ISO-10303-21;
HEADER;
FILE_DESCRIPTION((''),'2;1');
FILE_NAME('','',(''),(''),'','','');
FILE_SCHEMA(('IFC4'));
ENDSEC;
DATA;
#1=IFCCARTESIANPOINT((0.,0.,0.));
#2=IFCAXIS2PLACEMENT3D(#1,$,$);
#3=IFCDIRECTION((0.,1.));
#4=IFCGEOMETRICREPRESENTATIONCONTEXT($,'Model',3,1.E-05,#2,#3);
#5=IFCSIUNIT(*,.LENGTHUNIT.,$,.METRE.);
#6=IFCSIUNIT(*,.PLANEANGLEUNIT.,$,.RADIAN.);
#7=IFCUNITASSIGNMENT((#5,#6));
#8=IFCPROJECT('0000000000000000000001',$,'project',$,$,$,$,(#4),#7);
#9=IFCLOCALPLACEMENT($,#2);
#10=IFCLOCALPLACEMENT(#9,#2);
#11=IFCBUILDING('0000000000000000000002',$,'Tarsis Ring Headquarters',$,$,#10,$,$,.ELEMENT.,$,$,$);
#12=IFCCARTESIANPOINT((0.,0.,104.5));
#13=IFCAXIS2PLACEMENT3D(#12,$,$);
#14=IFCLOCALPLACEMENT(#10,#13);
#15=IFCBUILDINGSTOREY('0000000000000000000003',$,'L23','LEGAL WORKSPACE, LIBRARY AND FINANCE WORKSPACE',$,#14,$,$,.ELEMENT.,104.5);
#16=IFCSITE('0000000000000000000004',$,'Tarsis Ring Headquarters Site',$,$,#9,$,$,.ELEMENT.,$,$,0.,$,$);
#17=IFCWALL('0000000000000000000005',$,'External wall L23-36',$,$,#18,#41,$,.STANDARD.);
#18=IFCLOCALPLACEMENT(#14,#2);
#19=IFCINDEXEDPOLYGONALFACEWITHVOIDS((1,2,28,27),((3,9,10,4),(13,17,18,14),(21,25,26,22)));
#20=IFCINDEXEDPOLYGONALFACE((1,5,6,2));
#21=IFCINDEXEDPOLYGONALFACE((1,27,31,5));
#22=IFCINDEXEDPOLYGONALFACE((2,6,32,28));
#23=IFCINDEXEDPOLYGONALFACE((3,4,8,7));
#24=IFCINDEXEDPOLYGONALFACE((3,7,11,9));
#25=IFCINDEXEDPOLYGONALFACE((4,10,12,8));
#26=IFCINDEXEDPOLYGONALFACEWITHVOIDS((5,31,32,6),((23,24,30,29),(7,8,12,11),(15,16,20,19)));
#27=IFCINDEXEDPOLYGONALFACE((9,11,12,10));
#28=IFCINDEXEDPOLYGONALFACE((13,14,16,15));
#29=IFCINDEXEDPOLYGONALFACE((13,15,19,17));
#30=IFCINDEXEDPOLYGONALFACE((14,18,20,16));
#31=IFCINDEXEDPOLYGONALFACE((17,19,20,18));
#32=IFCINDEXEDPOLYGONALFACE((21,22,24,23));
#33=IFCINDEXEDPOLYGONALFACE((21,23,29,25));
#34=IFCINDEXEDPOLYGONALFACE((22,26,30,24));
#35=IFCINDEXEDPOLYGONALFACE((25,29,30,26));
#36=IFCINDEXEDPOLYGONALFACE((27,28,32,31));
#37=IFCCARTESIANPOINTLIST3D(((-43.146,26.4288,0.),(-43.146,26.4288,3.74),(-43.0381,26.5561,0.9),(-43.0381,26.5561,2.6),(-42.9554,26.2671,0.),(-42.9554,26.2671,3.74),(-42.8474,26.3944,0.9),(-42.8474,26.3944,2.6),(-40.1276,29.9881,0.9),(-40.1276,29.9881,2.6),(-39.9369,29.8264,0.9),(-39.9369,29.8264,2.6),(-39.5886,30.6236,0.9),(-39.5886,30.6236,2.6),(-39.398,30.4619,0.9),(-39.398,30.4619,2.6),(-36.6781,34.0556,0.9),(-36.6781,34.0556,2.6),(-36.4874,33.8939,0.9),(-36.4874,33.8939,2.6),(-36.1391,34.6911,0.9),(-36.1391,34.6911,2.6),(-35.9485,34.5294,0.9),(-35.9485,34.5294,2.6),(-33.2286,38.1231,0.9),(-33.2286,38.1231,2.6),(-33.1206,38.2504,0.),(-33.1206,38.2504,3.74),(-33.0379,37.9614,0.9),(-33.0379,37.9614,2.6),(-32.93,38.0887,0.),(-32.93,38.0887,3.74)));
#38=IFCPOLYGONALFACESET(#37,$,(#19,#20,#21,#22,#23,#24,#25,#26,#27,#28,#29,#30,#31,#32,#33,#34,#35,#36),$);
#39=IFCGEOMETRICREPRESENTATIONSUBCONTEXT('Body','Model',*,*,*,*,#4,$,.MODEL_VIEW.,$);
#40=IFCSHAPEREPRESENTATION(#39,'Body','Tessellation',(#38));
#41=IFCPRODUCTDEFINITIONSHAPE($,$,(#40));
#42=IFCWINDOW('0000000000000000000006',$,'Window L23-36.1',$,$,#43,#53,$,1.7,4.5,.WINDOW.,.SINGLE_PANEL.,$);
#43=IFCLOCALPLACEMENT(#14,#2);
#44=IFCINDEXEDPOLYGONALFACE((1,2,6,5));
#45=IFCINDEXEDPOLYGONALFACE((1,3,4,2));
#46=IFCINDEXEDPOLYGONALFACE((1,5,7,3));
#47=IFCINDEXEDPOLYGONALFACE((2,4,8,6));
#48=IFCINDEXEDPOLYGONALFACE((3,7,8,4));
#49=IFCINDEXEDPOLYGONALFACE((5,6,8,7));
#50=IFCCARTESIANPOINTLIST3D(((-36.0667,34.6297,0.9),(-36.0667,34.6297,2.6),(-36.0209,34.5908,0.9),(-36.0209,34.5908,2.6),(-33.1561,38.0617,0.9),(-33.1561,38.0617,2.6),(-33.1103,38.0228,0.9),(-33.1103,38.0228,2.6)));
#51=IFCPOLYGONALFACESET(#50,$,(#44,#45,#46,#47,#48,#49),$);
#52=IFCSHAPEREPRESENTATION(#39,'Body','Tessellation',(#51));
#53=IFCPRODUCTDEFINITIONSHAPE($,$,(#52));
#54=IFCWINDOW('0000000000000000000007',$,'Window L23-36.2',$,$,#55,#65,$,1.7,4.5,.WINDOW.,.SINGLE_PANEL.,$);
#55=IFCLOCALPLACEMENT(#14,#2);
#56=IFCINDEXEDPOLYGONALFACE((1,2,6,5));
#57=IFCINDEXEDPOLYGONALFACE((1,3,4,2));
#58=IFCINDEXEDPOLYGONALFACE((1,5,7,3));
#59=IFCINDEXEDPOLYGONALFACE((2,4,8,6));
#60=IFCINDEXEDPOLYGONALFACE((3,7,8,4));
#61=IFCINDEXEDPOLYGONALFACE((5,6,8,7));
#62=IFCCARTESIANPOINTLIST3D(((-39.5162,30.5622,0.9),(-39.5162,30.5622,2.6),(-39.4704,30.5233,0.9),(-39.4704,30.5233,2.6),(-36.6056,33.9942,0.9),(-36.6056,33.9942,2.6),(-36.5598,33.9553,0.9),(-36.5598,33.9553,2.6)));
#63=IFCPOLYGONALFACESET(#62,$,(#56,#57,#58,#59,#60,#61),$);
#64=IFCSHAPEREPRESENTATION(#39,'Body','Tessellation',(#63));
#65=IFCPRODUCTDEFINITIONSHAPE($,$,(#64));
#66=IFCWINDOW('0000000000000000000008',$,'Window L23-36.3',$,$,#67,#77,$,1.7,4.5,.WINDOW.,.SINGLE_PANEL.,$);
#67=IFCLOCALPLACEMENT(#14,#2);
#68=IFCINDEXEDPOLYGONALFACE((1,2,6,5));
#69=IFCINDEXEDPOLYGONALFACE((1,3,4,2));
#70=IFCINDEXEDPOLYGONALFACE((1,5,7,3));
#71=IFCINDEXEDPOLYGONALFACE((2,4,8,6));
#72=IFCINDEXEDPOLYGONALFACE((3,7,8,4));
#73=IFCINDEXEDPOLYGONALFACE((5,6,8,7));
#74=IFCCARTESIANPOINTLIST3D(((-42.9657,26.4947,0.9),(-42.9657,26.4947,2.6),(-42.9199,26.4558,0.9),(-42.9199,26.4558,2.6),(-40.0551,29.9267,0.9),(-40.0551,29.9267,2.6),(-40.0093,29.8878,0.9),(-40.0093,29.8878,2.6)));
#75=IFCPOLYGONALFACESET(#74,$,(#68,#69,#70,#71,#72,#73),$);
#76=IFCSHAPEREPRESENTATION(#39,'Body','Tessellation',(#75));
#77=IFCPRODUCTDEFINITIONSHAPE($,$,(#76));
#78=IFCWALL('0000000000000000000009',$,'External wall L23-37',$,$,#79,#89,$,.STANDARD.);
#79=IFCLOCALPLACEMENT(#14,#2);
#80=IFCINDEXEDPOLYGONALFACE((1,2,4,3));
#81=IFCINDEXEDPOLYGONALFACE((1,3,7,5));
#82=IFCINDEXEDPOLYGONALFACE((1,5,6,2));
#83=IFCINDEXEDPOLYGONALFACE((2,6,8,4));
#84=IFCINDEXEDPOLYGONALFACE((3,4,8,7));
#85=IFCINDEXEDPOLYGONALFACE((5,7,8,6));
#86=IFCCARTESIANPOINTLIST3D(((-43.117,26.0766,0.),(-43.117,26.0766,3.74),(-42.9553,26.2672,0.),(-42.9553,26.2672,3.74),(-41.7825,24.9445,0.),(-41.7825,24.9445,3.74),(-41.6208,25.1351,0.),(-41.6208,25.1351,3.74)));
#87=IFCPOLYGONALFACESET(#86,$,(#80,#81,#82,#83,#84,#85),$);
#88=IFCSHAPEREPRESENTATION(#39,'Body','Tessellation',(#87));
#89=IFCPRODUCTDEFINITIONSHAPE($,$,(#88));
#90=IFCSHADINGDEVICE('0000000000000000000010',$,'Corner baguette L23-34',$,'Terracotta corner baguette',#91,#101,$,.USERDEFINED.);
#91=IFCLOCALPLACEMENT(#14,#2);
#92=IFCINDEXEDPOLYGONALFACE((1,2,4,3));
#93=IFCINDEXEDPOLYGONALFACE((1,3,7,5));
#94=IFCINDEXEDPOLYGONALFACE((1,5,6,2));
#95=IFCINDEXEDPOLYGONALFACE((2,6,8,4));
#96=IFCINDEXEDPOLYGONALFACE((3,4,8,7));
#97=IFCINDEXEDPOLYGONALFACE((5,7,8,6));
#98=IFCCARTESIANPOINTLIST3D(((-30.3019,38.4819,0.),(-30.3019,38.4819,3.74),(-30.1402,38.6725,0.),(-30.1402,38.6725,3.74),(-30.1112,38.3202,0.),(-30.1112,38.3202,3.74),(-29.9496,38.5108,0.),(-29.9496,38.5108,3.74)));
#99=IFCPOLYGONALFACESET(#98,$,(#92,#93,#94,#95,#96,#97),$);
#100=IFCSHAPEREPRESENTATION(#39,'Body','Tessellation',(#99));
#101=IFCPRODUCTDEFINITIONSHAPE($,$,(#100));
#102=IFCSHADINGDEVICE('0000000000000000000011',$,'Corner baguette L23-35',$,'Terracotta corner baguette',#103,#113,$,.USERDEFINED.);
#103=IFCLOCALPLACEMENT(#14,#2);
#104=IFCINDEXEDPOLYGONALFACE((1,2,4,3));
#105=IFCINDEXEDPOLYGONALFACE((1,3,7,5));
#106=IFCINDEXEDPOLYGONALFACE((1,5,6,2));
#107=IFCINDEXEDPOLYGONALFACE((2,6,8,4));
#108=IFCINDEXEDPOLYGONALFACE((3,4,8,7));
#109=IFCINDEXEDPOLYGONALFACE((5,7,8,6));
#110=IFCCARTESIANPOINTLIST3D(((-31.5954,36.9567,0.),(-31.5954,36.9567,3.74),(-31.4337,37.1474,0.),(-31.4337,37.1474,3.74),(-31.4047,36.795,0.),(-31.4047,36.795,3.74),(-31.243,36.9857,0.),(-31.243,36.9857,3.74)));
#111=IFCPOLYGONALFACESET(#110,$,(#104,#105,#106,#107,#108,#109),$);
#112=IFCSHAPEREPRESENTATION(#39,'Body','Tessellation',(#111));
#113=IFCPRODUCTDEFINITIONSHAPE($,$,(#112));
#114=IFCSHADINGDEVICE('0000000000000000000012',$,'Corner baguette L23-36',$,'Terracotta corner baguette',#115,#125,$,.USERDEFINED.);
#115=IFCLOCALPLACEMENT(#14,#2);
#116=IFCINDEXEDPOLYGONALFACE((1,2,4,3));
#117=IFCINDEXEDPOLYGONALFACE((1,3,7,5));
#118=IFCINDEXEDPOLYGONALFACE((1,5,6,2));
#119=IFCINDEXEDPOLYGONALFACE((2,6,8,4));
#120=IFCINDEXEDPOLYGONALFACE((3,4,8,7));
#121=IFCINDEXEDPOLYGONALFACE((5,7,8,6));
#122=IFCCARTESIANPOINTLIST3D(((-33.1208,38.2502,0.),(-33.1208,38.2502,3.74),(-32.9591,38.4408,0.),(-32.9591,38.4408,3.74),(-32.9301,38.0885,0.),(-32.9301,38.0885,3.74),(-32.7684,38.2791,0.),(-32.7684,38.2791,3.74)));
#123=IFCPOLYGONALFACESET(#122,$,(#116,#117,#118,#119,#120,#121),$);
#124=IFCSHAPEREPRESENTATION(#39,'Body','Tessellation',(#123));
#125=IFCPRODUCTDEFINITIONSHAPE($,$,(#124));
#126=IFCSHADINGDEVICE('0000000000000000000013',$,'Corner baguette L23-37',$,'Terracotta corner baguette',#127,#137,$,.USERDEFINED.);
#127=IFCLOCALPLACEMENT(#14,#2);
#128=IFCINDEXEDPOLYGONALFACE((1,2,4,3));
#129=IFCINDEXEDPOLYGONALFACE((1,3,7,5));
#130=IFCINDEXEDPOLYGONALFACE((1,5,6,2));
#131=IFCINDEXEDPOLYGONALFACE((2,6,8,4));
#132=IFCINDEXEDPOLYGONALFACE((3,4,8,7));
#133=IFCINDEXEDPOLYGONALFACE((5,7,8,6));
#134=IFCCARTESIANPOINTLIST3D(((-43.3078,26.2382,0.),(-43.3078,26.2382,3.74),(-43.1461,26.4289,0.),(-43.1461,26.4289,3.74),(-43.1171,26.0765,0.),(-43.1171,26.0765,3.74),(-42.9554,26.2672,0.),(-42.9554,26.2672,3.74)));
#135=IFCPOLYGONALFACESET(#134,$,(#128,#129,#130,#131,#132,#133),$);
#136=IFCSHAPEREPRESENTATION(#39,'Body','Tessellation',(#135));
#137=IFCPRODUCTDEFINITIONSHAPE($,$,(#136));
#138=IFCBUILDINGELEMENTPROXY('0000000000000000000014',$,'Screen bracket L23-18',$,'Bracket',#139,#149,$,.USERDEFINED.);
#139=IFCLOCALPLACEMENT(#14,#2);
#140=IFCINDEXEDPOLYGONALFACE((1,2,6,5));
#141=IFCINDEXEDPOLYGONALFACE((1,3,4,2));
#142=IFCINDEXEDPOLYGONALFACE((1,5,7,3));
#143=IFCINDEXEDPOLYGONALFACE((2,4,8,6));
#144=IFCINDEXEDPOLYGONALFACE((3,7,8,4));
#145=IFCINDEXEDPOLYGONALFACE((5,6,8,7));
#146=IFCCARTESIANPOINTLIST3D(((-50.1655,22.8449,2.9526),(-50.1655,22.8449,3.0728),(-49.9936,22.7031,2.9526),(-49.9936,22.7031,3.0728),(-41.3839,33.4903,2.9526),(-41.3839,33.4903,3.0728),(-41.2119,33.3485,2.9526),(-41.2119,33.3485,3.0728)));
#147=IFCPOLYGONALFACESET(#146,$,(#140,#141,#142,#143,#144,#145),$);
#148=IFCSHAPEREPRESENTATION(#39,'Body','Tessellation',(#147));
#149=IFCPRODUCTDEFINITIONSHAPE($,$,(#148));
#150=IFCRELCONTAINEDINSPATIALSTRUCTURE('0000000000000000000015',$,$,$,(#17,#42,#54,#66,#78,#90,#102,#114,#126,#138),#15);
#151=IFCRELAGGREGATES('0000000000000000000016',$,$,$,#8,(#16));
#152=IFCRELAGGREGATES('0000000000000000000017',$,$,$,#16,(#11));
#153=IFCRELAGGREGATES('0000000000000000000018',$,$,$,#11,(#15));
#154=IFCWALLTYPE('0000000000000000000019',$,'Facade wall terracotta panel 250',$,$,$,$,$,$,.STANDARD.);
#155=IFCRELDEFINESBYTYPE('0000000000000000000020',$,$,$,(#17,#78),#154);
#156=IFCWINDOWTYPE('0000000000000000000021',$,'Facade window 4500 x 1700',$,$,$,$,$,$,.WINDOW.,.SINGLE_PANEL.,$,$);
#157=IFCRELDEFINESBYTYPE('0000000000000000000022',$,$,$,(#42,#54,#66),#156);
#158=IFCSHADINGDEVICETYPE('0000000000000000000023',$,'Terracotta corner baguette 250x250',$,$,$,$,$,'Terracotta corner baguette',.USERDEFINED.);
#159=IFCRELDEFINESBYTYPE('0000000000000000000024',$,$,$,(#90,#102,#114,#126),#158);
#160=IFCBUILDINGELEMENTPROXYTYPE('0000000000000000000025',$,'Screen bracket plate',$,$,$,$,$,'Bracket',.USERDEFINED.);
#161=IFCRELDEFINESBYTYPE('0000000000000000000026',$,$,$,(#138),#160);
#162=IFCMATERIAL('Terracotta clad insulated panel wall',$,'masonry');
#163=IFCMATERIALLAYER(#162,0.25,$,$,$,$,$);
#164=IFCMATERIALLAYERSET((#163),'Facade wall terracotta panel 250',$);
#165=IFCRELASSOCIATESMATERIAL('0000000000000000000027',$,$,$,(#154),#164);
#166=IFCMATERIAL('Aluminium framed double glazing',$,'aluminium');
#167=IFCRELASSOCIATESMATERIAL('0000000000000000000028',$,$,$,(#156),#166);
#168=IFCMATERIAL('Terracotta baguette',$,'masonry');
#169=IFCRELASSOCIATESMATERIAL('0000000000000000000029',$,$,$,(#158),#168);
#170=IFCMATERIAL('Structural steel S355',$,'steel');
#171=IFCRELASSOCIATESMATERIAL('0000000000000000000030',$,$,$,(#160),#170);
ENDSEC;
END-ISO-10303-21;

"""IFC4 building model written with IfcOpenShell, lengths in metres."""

from ifc_helpers import new_model, si_unit, direction, frame, frame_2d, origin, origin_2d, place, context, subcontext, project, spatial, rectangle, extrude, material, layer, layer_set, type_object, element, fill, save


model = new_model("IFC4")

# Units and contexts
model_context = context("Model", 3, precision=1e-05, world=origin(), true_north=direction((0.0, 1.0)))
body_context = subcontext(model_context, "Body", "Model", "MODEL_VIEW")
ifc_project = project(units=[si_unit("LENGTHUNIT", "METRE"), si_unit("PLANEANGLEUNIT", "RADIAN")], contexts=[model_context])

# Site, building, storey
site_placement = place(None, origin())
site = spatial("IfcSite", under=ifc_project, at=site_placement, Name="Tarsis Ring Headquarters Site", CompositionType="ELEMENT", RefElevation=0.0)
building_placement = place(site_placement, origin())
building = spatial("IfcBuilding", under=site, at=building_placement, Name="Tarsis Ring Headquarters", CompositionType="ELEMENT")
storey_placement = place(building_placement, frame((0.0, 0.0, 104.5)))
storey = spatial("IfcBuildingStorey", under=building, at=storey_placement, Name="L23", Description="LEGAL WORKSPACE, LIBRARY AND FINANCE WORKSPACE", CompositionType="ELEMENT", Elevation=104.5)

# Shared definitions
ifc_material_1 = material(Name="Structural steel S355", Category="steel")

# Shared definitions
ifc_material_2 = material(Name="Terracotta clad insulated panel wall", Category="masonry")
ifc_layer_1 = layer(ifc_material_2, 0.25)
ifc_layer_set_1 = layer_set([ifc_layer_1], Name="Facade wall terracotta panel 250")
wall_type_1 = type_object("IfcWallType", Name="Facade wall terracotta panel 250", PredefinedType="STANDARD", material=ifc_layer_set_1)

# Wall, openings, windows
wall_1_placement = place(storey_placement, frame((-33.0254, 38.1694, 0.0), z_axis=(0.0, 0.0, 1.0), x_axis=(-0.64679, -0.762668, 0.0)))
wall_1 = element("IfcWall", 1, at=wall_1_placement, inside=storey, type_object=wall_type_1, Name="External wall L23-36", PredefinedType="STANDARD", context=body_context, shape_type="SweptSolid", body=[
    extrude(rectangle(XDim=15.5002, YDim=0.25, at=frame_2d((7.75, 0.0))), origin(), (0.0, 0.0, 1.0), 3.74),
])
opening_1_placement = place(wall_1_placement, frame((0.1667, 0.0, 0.8999)))
opening_1 = element("IfcOpeningElement", 2, at=opening_1_placement, cuts=wall_1, PredefinedType="OPENING", context=body_context, shape_type="SweptSolid", body=[
    extrude(rectangle(XDim=4.5, YDim=1.7, at=frame_2d((2.25, 0.8501))), frame((0.0, 0.135, 0.0), z_axis=(0.0, -1.0, 0.0), x_axis=(1.0, 0.0, 0.0)), (0.0, 0.0, 1.0), 0.27),
])
opening_2_placement = place(wall_1_placement, frame((5.5, 0.0, 0.8999)))
opening_2 = element("IfcOpeningElement", 3, at=opening_2_placement, cuts=wall_1, PredefinedType="OPENING", context=body_context, shape_type="SweptSolid", body=[
    extrude(rectangle(XDim=4.5, YDim=1.7, at=frame_2d((2.25, 0.8501))), frame((0.0, 0.135, 0.0), z_axis=(0.0, -1.0, 0.0), x_axis=(1.0, 0.0, 0.0)), (0.0, 0.0, 1.0), 0.27),
])
opening_3_placement = place(wall_1_placement, frame((10.8333, 0.0, 0.8999)))
opening_3 = element("IfcOpeningElement", 4, at=opening_3_placement, cuts=wall_1, PredefinedType="OPENING", context=body_context, shape_type="SweptSolid", body=[
    extrude(rectangle(XDim=4.5, YDim=1.7, at=frame_2d((2.25, 0.8501))), frame((0.0, 0.135, 0.0), z_axis=(0.0, -1.0, 0.0), x_axis=(1.0, 0.0, 0.0)), (0.0, 0.0, 1.0), 0.27),
])
ifc_material_3 = material(Name="Aluminium framed double glazing", Category="aluminium")
window_type = type_object("IfcWindowType", Name="Facade window 4500 x 1700", PartitioningType="SINGLE_PANEL", PredefinedType="WINDOW", material=ifc_material_3)
window_1_placement = place(opening_1_placement, origin())
window_1 = element("IfcWindow", 5, at=window_1_placement, inside=storey, type_object=window_type, Name="Window L23-36.1", OverallHeight=1.7, OverallWidth=4.5, PartitioningType="SINGLE_PANEL", PredefinedType="WINDOW", context=body_context, shape_type="SweptSolid", body=[
    extrude(rectangle(XDim=4.5, YDim=1.7, at=frame_2d((2.25, 0.8501))), frame((0.0, 0.03, 0.0), z_axis=(0.0, -1.0, 0.0), x_axis=(1.0, 0.0, 0.0)), (0.0, 0.0, 1.0), 0.0601),
])
fill(opening_1, window_1)
window_2_placement = place(opening_2_placement, origin())
window_2 = element("IfcWindow", 6, at=window_2_placement, inside=storey, type_object=window_type, Name="Window L23-36.2", OverallHeight=1.7, OverallWidth=4.5, PartitioningType="SINGLE_PANEL", PredefinedType="WINDOW", context=body_context, shape_type="SweptSolid", body=[
    extrude(rectangle(XDim=4.5, YDim=1.7, at=frame_2d((2.25, 0.8501))), frame((0.0, 0.03, 0.0), z_axis=(0.0, -1.0, 0.0), x_axis=(1.0, 0.0, 0.0)), (0.0, 0.0, 1.0), 0.0601),
])
fill(opening_2, window_2)
window_3_placement = place(opening_3_placement, origin())
window_3 = element("IfcWindow", 7, at=window_3_placement, inside=storey, type_object=window_type, Name="Window L23-36.3", OverallHeight=1.7, OverallWidth=4.5, PartitioningType="SINGLE_PANEL", PredefinedType="WINDOW", context=body_context, shape_type="SweptSolid", body=[
    extrude(rectangle(XDim=4.5, YDim=1.7, at=frame_2d((2.25, 0.8501))), frame((0.0, 0.03, 0.0), z_axis=(0.0, -1.0, 0.0), x_axis=(1.0, 0.0, 0.0)), (0.0, 0.0, 1.0), 0.0601),
])
fill(opening_3, window_3)

# Wall
wall_2_placement = place(storey_placement, frame((-43.0361, 26.1719, 0.0), z_axis=(0.0, 0.0, 1.0), x_axis=(0.762565, -0.646911, 0.0)))
element("IfcWall", 8, at=wall_2_placement, inside=storey, type_object=wall_type_1, Name="External wall L23-37", PredefinedType="STANDARD", context=body_context, shape_type="SweptSolid", body=[
    extrude(rectangle(XDim=1.75, YDim=0.25, at=frame_2d((0.875, 0.0))), origin(), (0.0, 0.0, 1.0), 3.74),
])

# Shading devices
ifc_material_4 = material(Name="Terracotta baguette", Category="masonry")
shading_device_type_1 = type_object("IfcShadingDeviceType", Name="Terracotta corner baguette 250x250", ElementType="Terracotta corner baguette", PredefinedType="USERDEFINED", material=ifc_material_4)
for number, where, z_axis, x_axis, name in (
    (9, (-30.1257, 38.4963, 0.0), (0.0, 0.0, 1.0), (-0.762668, 0.64679, 0.0), "Corner baguette L23-34"),
    (10, (-31.4192, 36.9712, 0.0), (0.0, 0.0, 1.0), (-0.64679, -0.762668, 0.0), "Corner baguette L23-35"),
    (11, (-32.9446, 38.2646, 0.0), (0.0, 0.0, 1.0), (-0.762668, 0.64679, 0.0), "Corner baguette L23-36"),
    (12, (-43.1316, 26.2527, 0.0), (0.0, 0.0, 1.0), (-0.64679, -0.762668, 0.0), "Corner baguette L23-37"),
):
    element("IfcShadingDevice", number, at=place(storey_placement, frame(where, z_axis=z_axis, x_axis=x_axis)), inside=storey, type_object=shading_device_type_1, Name=name, ObjectType="Terracotta corner baguette", PredefinedType="USERDEFINED", context=body_context, shape_type="SweptSolid", body=[
        extrude(rectangle(XDim=0.25, YDim=0.25, at=origin_2d()), origin(), (0.0, 0.0, 1.0), 3.74),
    ])

# Building element proxy
building_element_proxy_type = type_object("IfcBuildingElementProxyType", Name="Screen bracket plate", ElementType="Bracket", PredefinedType="USERDEFINED", material=ifc_material_1)
proxy_placement = place(storey_placement, frame((-45.6887, 28.0967, 2.9526), z_axis=(0.0, 0.0, 1.0), x_axis=(-0.636348, -0.771402, 0.0)))
element("IfcBuildingElementProxy", 13, at=proxy_placement, inside=storey, type_object=building_element_proxy_type, Name="Screen bracket L23-18", ObjectType="Bracket", PredefinedType="USERDEFINED", context=body_context, shape_type="SweptSolid", body=[
    extrude(rectangle(XDim=13.8, YDim=0.2229, at=origin_2d()), origin(), (0.0, 0.0, 1.0), 0.1201),
])

save(model, "model.ifc")
